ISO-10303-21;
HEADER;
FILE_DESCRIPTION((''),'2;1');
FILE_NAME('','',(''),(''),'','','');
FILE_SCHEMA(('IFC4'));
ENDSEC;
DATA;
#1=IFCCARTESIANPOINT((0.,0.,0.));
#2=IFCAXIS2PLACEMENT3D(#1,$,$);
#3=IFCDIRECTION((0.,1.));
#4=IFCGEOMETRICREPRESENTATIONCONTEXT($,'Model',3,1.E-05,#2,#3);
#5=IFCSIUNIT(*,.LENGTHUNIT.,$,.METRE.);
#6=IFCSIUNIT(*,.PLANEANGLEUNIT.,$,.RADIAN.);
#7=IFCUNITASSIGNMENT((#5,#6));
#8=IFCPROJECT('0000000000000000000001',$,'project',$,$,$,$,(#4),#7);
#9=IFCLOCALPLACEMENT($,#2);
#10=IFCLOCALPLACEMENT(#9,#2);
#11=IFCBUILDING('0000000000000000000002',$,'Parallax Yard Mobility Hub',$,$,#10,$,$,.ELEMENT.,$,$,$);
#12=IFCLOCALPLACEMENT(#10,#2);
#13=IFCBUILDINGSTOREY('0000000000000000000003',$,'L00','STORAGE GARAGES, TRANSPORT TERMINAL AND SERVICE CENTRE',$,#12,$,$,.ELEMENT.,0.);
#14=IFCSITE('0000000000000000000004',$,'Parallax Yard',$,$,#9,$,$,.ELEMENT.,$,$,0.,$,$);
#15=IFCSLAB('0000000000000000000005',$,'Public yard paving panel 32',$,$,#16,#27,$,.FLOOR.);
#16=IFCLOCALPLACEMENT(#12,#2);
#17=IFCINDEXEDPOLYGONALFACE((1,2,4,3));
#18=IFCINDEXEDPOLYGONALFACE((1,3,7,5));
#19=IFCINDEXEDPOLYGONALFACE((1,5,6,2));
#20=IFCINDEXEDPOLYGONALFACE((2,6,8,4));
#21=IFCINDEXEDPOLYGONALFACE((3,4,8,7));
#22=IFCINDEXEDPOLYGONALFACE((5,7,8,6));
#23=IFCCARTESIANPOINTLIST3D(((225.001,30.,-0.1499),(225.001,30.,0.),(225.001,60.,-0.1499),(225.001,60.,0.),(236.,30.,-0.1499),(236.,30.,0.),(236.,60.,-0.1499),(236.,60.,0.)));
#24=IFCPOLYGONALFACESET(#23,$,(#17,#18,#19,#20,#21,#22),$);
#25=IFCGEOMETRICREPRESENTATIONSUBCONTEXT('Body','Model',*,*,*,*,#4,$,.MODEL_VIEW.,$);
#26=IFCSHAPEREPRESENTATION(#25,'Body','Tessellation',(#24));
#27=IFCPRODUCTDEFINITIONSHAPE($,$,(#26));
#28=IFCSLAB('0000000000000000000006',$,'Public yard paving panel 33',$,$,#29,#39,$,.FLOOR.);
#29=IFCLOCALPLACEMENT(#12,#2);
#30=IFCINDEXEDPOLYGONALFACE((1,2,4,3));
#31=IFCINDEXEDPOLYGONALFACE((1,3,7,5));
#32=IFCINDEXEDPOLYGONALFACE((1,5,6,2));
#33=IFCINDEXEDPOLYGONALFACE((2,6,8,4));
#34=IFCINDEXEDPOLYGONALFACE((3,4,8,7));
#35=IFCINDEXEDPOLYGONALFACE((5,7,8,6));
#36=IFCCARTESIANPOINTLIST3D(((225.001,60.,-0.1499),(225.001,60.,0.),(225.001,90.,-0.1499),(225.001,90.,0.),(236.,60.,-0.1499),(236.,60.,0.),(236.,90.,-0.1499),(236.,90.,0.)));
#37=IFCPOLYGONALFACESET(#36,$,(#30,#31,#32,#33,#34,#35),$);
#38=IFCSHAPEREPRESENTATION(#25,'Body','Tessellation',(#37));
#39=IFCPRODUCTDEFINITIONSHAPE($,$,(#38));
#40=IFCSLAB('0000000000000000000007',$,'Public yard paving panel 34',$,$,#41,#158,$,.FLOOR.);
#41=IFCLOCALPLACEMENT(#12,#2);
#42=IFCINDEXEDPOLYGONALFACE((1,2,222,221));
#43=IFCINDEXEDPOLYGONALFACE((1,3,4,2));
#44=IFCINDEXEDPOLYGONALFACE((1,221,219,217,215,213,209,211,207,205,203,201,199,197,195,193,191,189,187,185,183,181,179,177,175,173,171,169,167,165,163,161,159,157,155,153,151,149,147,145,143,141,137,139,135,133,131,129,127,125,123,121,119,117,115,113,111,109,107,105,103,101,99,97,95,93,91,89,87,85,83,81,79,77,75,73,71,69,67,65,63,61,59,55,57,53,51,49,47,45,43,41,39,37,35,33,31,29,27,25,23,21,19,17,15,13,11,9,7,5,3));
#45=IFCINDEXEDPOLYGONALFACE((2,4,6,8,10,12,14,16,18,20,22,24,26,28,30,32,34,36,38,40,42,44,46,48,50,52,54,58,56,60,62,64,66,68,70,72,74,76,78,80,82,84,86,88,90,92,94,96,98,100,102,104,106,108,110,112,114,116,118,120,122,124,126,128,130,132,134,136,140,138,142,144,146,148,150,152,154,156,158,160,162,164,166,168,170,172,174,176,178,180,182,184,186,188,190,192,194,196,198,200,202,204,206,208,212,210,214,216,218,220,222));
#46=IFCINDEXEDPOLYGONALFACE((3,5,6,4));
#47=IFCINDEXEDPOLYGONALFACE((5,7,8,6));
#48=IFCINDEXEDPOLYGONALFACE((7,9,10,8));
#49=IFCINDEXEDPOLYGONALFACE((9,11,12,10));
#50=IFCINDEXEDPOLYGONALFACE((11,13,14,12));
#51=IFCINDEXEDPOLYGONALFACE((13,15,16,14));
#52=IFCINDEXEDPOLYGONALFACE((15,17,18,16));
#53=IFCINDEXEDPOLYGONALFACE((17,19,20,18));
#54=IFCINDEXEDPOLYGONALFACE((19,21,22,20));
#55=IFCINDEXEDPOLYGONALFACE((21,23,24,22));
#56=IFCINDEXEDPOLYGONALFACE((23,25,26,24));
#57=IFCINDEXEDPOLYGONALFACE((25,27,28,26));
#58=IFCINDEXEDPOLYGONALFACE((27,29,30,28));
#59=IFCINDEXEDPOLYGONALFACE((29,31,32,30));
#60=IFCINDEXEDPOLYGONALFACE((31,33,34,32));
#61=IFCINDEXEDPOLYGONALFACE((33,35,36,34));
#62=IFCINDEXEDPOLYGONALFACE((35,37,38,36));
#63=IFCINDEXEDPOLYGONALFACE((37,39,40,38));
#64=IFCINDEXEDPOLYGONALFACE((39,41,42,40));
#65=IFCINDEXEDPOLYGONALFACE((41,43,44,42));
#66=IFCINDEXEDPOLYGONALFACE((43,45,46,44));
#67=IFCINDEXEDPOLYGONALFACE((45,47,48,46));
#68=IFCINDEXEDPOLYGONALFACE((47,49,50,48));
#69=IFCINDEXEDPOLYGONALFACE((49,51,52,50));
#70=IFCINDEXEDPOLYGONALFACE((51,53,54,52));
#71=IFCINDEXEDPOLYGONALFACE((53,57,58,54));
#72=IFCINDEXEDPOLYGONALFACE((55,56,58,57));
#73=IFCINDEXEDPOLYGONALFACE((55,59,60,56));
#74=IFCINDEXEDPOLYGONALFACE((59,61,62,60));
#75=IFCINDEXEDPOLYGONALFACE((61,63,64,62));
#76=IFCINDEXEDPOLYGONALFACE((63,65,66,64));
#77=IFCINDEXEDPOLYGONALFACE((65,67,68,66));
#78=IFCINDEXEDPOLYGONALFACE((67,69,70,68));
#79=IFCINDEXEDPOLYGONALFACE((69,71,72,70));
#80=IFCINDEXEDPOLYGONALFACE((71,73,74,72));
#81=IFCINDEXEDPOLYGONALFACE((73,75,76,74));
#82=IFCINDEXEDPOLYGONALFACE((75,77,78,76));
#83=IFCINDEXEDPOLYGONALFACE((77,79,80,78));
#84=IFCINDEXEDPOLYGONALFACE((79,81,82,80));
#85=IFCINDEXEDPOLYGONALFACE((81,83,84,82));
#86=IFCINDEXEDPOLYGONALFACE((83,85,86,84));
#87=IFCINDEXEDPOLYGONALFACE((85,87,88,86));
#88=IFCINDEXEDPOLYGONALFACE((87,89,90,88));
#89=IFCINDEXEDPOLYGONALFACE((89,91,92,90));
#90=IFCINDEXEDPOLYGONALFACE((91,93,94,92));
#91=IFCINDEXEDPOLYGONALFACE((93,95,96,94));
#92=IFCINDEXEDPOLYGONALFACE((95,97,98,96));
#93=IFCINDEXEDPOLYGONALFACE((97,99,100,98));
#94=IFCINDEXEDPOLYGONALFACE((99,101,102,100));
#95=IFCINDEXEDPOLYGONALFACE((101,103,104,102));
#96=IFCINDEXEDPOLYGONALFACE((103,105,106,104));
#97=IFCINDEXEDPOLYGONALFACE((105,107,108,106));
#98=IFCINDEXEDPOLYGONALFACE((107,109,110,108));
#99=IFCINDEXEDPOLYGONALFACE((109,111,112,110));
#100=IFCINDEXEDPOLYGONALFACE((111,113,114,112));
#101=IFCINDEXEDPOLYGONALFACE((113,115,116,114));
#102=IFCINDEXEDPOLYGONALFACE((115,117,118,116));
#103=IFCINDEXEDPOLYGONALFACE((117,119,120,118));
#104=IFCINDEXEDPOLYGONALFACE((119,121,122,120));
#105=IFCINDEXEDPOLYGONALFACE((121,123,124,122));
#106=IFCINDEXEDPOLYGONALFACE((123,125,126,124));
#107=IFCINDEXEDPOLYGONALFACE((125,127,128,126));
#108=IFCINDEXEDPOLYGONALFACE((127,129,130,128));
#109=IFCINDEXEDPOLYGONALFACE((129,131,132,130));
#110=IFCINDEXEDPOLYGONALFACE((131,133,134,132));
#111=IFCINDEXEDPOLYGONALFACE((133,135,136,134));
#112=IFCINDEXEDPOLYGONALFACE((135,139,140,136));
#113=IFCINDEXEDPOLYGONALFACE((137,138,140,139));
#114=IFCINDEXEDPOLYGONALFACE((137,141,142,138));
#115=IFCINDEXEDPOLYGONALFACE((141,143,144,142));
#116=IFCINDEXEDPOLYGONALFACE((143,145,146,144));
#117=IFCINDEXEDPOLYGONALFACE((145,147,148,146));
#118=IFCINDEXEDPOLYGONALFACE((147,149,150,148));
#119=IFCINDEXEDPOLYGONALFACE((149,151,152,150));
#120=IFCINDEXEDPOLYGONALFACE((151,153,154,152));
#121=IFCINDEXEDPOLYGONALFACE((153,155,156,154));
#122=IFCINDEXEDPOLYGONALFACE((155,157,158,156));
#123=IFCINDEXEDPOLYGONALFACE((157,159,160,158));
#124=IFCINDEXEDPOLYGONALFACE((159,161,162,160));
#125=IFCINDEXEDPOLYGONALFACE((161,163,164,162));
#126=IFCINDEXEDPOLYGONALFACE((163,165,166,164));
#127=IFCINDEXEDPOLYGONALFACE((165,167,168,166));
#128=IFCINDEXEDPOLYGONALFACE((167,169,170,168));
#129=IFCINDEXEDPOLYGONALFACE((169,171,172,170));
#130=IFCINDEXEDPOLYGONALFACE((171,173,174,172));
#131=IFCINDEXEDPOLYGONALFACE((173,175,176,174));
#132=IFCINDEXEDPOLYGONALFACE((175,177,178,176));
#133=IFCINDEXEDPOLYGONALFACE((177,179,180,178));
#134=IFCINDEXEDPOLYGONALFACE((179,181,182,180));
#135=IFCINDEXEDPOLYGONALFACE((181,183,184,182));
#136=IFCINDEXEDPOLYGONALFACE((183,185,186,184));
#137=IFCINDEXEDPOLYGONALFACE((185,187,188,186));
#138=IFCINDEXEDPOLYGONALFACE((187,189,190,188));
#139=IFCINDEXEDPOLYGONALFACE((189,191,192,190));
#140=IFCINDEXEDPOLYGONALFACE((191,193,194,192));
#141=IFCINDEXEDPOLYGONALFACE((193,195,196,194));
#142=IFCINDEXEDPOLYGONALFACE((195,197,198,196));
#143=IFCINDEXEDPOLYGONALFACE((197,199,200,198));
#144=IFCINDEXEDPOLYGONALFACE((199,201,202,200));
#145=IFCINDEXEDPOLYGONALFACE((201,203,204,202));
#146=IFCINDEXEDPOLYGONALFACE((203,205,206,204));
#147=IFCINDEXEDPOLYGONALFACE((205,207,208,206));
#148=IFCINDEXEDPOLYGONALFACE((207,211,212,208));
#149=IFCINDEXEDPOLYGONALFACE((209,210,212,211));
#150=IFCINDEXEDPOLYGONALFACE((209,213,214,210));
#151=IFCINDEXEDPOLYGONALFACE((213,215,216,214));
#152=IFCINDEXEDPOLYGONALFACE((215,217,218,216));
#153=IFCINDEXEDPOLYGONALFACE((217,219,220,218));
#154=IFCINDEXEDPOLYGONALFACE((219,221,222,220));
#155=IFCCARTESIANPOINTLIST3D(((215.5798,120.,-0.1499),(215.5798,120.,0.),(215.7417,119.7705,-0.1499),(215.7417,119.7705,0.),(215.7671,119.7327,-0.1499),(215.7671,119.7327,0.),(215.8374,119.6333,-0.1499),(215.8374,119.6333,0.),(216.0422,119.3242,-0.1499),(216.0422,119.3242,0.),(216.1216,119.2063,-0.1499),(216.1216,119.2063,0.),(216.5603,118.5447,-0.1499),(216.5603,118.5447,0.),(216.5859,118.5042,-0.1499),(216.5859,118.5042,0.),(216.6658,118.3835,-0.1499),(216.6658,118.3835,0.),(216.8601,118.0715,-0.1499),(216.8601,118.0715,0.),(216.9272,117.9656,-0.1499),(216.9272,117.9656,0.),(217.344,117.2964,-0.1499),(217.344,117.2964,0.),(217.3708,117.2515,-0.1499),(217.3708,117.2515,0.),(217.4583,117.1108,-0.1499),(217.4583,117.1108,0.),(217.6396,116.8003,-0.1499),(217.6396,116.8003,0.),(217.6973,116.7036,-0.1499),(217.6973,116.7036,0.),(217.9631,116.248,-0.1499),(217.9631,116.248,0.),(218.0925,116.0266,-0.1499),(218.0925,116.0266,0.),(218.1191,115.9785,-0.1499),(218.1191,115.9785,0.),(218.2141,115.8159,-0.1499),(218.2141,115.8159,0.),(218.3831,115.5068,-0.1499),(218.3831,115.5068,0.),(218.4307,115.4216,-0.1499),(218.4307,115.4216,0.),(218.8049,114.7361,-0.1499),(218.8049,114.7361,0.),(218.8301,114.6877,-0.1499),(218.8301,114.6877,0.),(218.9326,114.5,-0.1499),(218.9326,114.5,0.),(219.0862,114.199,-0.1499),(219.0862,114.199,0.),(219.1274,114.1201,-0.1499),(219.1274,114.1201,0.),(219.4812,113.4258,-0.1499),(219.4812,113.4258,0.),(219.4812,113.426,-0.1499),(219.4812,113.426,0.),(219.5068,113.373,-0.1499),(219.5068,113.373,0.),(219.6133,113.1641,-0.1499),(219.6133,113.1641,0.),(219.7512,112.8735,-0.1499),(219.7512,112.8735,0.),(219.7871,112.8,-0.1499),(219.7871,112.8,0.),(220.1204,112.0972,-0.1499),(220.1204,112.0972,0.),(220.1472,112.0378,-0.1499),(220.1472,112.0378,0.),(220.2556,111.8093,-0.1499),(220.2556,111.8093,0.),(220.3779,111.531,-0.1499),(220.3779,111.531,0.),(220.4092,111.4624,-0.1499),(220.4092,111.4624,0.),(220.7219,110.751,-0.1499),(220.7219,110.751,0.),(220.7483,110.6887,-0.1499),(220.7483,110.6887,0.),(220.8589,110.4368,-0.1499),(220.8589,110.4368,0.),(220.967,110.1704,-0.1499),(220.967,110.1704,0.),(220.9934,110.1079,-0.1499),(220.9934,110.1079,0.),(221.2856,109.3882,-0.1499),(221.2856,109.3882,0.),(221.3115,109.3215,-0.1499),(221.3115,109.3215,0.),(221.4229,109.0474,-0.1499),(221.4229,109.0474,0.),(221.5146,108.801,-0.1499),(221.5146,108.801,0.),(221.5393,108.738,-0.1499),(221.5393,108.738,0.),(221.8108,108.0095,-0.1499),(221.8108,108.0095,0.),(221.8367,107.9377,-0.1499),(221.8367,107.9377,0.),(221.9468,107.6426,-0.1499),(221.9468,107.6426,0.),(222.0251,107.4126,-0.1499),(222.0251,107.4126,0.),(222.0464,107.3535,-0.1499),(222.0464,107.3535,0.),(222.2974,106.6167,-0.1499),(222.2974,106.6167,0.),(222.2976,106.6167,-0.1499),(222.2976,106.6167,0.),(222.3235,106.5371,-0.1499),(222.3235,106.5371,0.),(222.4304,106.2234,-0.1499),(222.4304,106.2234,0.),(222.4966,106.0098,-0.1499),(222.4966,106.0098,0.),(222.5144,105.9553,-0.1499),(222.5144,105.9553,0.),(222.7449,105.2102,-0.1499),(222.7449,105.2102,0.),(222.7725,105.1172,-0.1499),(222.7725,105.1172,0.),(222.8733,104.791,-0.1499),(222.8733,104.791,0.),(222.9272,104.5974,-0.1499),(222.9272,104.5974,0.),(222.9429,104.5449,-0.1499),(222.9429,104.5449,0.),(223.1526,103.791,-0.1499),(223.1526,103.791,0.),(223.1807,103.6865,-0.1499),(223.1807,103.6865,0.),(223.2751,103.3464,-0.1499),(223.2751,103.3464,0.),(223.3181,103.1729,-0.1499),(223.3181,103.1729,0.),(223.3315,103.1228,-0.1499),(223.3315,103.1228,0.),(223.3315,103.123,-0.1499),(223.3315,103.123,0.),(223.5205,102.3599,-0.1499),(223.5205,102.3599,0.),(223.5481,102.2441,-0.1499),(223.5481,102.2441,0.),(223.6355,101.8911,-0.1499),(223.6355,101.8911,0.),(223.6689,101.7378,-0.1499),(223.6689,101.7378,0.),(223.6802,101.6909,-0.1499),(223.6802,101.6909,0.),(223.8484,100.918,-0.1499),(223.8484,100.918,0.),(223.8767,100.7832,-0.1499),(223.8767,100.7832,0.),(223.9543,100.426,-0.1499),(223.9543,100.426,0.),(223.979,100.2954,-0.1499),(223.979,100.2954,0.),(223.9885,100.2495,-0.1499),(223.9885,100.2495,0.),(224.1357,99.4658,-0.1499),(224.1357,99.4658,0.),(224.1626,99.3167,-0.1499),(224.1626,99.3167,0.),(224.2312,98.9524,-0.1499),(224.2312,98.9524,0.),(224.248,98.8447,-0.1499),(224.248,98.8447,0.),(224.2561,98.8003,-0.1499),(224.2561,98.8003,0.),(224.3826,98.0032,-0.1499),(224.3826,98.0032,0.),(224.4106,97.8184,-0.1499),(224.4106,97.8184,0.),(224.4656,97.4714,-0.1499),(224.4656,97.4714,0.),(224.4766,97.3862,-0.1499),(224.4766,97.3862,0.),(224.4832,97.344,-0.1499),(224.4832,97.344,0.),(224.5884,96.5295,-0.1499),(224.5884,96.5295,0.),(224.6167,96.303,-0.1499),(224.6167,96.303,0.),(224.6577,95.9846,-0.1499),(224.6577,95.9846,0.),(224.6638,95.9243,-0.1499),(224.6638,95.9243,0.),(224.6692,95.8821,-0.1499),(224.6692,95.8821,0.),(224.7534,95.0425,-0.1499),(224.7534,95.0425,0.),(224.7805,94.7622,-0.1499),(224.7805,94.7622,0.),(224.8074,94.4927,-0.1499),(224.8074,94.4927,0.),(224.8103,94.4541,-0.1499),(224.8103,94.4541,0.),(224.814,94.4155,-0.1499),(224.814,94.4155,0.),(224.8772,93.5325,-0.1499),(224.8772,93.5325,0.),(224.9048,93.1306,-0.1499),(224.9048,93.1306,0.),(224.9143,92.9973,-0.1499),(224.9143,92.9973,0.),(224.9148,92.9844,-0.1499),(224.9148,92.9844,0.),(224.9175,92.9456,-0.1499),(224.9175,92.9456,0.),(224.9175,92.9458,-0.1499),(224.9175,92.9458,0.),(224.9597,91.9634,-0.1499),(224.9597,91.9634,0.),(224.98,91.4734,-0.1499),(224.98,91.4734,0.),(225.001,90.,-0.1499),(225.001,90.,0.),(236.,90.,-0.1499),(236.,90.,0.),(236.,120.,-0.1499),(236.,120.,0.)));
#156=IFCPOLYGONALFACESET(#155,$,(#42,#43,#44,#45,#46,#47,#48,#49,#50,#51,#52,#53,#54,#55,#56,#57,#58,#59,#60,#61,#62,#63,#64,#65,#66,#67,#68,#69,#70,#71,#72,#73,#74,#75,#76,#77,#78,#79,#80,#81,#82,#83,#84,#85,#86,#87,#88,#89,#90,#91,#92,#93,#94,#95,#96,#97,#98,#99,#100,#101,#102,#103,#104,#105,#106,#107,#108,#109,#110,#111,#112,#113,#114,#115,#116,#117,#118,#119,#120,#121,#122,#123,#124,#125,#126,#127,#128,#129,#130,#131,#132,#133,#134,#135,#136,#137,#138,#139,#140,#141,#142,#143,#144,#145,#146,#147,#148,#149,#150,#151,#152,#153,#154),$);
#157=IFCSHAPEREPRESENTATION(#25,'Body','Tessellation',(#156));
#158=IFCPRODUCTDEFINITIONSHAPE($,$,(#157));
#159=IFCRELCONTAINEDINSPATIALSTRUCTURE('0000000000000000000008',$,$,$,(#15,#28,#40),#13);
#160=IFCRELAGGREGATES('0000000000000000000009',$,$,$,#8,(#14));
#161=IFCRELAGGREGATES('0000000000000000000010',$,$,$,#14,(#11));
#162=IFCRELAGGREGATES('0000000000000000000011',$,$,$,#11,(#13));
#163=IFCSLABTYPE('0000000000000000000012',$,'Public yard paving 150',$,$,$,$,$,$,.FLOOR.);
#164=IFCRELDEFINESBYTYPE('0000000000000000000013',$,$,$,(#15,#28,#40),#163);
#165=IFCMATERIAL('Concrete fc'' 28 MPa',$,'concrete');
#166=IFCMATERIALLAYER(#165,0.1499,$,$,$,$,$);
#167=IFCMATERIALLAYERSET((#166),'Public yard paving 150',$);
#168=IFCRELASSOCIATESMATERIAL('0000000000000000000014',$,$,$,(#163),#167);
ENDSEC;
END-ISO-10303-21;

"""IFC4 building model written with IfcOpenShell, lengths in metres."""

from ifc_helpers import new_model, si_unit, direction, frame, origin, place, context, subcontext, project, spatial, polyline, outline, extrude, material, layer, layer_set, type_object, element, save


model = new_model("IFC4")

# Units and contexts
model_context = context("Model", 3, precision=1e-05, world=origin(), true_north=direction((0.0, 1.0)))
body_context = subcontext(model_context, "Body", "Model", "MODEL_VIEW")
ifc_project = project(units=[si_unit("LENGTHUNIT", "METRE"), si_unit("PLANEANGLEUNIT", "RADIAN")], contexts=[model_context])

# Site, building, storey
site_placement = place(None, origin())
site = spatial("IfcSite", under=ifc_project, at=site_placement, Name="Parallax Yard", CompositionType="ELEMENT", RefElevation=0.0)
building_placement = place(site_placement, origin())
building = spatial("IfcBuilding", under=site, at=building_placement, Name="Parallax Yard Mobility Hub", CompositionType="ELEMENT")
storey_placement = place(building_placement, origin())
storey = spatial("IfcBuildingStorey", under=building, at=storey_placement, Name="L00", Description="STORAGE GARAGES, TRANSPORT TERMINAL AND SERVICE CENTRE", CompositionType="ELEMENT", Elevation=0.0)

# Slabs
ifc_material = material(Name="Concrete fc' 28 MPa", Category="concrete")
ifc_layer_1 = layer(ifc_material, 0.1499)
ifc_layer_set_1 = layer_set([ifc_layer_1], Name="Public yard paving 150")
slab_type_1 = type_object("IfcSlabType", Name="Public yard paving 150", PredefinedType="FLOOR", material=ifc_layer_set_1)
slab_1_placement = place(storey_placement, frame((0.0, 0.0, -0.1499)))
element("IfcSlab", 1, at=slab_1_placement, inside=storey, type_object=slab_type_1, Name="Public yard paving panel 32", PredefinedType="FLOOR", context=body_context, shape_type="SweptSolid", body=[
    extrude(outline(polyline([(236.0, 30.0), (225.001, 30.0), (225.001, 60.0), (236.0, 60.0), (236.0, 30.0)])), origin(), (0.0, 0.0, 1.0), 0.1499),
])
slab_2_placement = place(storey_placement, frame((0.0, 0.0, -0.1499)))
element("IfcSlab", 2, at=slab_2_placement, inside=storey, type_object=slab_type_1, Name="Public yard paving panel 33", PredefinedType="FLOOR", context=body_context, shape_type="SweptSolid", body=[
    extrude(outline(polyline([(236.0, 60.0), (225.001, 60.0), (225.001, 90.0), (236.0, 90.0), (236.0, 60.0)])), origin(), (0.0, 0.0, 1.0), 0.1499),
])
slab_3_placement = place(storey_placement, frame((0.0, 0.0, -0.1499)))
element("IfcSlab", 3, at=slab_3_placement, inside=storey, type_object=slab_type_1, Name="Public yard paving panel 34", PredefinedType="FLOOR", context=body_context, shape_type="SweptSolid", body=[
    extrude(outline(polyline([(236.0, 90.0), (225.001, 90.0), (225.001, 90.0), (224.98, 91.4734), (224.98, 91.4734), (224.9597, 91.9634), (224.9597, 91.9634), (224.9175, 92.9456), (224.9175, 92.9458), (224.9148, 92.9844), (224.9143, 92.9973), (224.9048, 93.1306), (224.8772, 93.5325), (224.8772, 93.5325), (224.814, 94.4155), (224.814, 94.4155), (224.8103, 94.4541), (224.8074, 94.4927), (224.7805, 94.7622), (224.7534, 95.0425), (224.7534, 95.0425), (224.6692, 95.8821), (224.6692, 95.8821), (224.6638, 95.9243), (224.6577, 95.9846), (224.6167, 96.303), (224.5884, 96.5295), (224.5884, 96.5295), (224.4832, 97.344), (224.4832, 97.344), (224.4766, 97.3862), (224.4656, 97.4714), (224.4106, 97.8184), (224.3826, 98.0032), (224.3826, 98.0032), (224.2561, 98.8003), (224.2561, 98.8003), (224.248, 98.8447), (224.2312, 98.9524), (224.1626, 99.3167), (224.1357, 99.4658), (224.1357, 99.4658), (223.9885, 100.2495), (223.9885, 100.2495), (223.979, 100.2954), (223.9543, 100.426), (223.8767, 100.7832), (223.8484, 100.918), (223.8484, 100.918), (223.6802, 101.6909), (223.6802, 101.6909), (223.6689, 101.7378), (223.6355, 101.8911), (223.5481, 102.2441), (223.5205, 102.3599), (223.5205, 102.3599), (223.3315, 103.1228), (223.3315, 103.123), (223.3181, 103.1729), (223.2751, 103.3464), (223.1807, 103.6865), (223.1526, 103.791), (223.1526, 103.791), (222.9429, 104.5449), (222.9429, 104.5449), (222.9272, 104.5974), (222.8733, 104.791), (222.7725, 105.1172), (222.7449, 105.2102), (222.7449, 105.2102), (222.5144, 105.9553), (222.5144, 105.9553), (222.4966, 106.0098), (222.4304, 106.2234), (222.3235, 106.5371), (222.2976, 106.6167), (222.2974, 106.6167), (222.0464, 107.3535), (222.0464, 107.3535), (222.0251, 107.4126), (221.9468, 107.6426), (221.8367, 107.9377), (221.8108, 108.0095), (221.8108, 108.0095), (221.5393, 108.738), (221.5393, 108.738), (221.5146, 108.801), (221.4229, 109.0474), (221.3115, 109.3215), (221.2856, 109.3882), (221.2856, 109.3882), (220.9934, 110.1079), (220.9934, 110.1079), (220.967, 110.1704), (220.8589, 110.4368), (220.7483, 110.6887), (220.7219, 110.751), (220.7219, 110.751), (220.4092, 111.4624), (220.4092, 111.4624), (220.3779, 111.531), (220.2556, 111.8093), (220.1472, 112.0378), (220.1204, 112.0972), (220.1204, 112.0972), (219.7871, 112.8), (219.7871, 112.8), (219.7512, 112.8735), (219.6133, 113.1641), (219.5068, 113.373), (219.4812, 113.4258), (219.4812, 113.426), (219.1274, 114.1201), (219.1274, 114.1201), (219.0862, 114.199), (218.9326, 114.5), (218.8301, 114.6877), (218.8049, 114.7361), (218.8049, 114.7361), (218.4307, 115.4216), (218.4307, 115.4216), (218.3831, 115.5068), (218.2141, 115.8159), (218.1191, 115.9785), (218.0925, 116.0266), (218.0925, 116.0266), (217.9631, 116.248), (217.6973, 116.7036), (217.6973, 116.7036), (217.6396, 116.8003), (217.4583, 117.1108), (217.3708, 117.2515), (217.344, 117.2964), (217.344, 117.2964), (216.9272, 117.9656), (216.9272, 117.9656), (216.8601, 118.0715), (216.6658, 118.3835), (216.5859, 118.5042), (216.5603, 118.5447), (216.5603, 118.5447), (216.1216, 119.2063), (216.1216, 119.2063), (216.0422, 119.3242), (215.8374, 119.6333), (215.7671, 119.7327), (215.7417, 119.7705), (215.7417, 119.7705), (215.5798, 120.0), (236.0, 120.0), (236.0, 90.0)])), origin(), (0.0, 0.0, 1.0), 0.1499),
])

save(model, "model.ifc")
